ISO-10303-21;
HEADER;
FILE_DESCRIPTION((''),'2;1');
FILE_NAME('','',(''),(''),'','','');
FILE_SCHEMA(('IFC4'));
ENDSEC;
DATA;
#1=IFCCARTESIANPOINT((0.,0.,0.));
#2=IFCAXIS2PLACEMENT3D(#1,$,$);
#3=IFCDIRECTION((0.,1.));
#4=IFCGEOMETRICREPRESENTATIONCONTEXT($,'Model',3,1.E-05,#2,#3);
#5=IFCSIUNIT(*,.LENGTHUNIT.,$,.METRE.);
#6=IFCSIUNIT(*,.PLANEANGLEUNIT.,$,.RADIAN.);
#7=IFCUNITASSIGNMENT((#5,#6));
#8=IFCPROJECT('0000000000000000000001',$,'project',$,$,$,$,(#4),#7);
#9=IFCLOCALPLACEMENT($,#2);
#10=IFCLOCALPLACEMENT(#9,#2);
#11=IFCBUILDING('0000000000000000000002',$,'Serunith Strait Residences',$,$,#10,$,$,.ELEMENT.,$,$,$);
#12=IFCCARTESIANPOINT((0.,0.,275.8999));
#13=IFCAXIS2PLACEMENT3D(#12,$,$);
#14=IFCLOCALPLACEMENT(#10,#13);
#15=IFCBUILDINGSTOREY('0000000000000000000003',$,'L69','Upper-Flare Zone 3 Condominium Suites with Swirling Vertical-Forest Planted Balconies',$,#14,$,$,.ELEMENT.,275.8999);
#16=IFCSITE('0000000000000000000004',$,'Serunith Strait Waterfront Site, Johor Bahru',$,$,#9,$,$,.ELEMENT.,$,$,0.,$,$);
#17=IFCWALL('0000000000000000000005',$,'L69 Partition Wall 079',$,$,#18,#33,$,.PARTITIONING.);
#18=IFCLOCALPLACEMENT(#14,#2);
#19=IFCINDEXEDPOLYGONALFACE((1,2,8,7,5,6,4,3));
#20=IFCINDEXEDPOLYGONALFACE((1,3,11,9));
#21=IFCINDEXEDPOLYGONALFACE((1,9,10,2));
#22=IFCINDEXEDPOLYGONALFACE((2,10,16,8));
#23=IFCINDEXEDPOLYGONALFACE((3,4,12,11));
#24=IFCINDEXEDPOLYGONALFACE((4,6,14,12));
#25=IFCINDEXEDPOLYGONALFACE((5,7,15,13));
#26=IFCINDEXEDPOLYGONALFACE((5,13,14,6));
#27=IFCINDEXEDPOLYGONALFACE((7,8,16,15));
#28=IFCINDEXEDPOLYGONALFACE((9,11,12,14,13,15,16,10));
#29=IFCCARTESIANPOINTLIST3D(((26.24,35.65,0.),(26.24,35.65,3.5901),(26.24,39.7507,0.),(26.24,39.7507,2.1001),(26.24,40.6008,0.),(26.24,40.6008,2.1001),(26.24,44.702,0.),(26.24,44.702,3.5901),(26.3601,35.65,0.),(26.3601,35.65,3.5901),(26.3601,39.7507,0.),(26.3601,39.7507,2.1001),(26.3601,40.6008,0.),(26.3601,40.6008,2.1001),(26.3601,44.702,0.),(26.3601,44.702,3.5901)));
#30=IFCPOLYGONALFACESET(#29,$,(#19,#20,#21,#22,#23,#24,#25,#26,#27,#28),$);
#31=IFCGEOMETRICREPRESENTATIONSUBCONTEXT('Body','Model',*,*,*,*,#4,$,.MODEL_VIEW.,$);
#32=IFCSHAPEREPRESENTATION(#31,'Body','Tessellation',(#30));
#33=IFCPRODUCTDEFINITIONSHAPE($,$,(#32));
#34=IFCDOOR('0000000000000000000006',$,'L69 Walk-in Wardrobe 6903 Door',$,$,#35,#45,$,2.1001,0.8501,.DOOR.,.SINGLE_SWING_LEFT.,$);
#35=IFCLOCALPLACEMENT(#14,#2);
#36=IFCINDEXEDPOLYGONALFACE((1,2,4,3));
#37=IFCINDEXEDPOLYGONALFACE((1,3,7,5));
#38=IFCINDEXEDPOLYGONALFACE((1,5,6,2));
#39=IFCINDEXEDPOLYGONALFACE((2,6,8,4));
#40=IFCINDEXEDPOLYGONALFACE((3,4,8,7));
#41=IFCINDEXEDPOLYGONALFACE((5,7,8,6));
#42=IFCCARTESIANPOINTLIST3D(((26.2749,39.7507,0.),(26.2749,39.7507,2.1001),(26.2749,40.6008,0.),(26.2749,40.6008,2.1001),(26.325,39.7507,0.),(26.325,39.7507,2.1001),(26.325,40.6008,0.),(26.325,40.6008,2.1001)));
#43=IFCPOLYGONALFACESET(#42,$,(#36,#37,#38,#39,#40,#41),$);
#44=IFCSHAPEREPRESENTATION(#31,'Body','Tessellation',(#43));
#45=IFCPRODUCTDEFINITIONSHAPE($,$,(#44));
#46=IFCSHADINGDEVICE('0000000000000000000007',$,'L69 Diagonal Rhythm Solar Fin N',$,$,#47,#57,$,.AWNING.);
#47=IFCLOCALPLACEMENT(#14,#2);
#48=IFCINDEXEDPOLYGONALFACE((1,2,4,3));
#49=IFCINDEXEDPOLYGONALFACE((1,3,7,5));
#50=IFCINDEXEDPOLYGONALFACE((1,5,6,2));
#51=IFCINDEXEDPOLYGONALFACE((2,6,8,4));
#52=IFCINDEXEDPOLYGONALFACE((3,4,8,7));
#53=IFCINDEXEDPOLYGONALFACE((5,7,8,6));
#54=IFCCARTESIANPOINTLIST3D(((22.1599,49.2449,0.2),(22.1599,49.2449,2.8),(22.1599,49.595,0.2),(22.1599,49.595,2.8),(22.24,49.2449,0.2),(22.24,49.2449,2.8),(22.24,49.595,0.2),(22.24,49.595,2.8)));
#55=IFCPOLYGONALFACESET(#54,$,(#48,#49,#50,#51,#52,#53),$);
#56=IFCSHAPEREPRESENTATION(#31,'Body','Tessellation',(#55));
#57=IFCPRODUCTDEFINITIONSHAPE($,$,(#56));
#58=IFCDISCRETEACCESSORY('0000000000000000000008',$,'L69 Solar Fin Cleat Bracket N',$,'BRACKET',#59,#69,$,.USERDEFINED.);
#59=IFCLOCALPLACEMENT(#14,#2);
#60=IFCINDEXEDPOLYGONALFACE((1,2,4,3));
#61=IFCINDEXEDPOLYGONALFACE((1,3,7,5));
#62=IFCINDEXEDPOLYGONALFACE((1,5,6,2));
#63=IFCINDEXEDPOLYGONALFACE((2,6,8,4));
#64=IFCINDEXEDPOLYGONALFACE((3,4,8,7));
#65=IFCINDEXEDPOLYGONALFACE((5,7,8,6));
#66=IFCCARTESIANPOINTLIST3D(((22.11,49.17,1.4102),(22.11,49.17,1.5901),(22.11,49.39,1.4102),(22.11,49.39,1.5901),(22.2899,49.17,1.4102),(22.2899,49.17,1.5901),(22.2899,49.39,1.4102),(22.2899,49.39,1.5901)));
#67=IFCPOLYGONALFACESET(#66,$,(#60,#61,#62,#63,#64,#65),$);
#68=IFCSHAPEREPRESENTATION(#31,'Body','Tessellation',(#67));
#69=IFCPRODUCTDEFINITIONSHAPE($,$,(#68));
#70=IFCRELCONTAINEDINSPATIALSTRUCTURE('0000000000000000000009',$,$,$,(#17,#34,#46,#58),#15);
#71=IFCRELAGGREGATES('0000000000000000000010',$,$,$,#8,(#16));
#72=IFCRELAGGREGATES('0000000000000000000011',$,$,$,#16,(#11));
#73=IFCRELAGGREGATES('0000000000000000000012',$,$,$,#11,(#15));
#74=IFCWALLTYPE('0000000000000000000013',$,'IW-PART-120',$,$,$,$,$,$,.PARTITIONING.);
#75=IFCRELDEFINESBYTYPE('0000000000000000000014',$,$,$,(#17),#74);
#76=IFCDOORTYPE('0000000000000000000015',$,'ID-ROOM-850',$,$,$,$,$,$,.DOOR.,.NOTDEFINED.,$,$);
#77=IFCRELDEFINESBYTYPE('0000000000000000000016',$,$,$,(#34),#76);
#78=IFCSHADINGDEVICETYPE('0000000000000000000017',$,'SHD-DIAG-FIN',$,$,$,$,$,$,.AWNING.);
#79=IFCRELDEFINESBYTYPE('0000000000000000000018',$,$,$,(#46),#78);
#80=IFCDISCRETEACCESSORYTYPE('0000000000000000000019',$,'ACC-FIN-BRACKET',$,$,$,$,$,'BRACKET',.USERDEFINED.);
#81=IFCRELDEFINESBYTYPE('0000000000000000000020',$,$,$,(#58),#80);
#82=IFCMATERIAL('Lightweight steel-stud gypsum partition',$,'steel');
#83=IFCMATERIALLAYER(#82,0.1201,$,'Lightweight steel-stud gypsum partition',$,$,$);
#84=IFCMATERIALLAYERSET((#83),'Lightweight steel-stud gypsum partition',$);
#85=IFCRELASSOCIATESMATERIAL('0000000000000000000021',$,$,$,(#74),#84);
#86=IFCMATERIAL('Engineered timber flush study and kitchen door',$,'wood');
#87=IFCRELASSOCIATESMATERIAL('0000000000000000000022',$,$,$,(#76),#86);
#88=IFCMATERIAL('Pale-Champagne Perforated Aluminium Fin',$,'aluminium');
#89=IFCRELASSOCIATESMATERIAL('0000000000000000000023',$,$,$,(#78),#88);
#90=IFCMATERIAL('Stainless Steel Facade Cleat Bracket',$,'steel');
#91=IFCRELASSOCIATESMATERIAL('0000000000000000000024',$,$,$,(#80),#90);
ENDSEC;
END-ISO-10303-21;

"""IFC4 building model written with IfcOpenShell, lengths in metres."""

from ifc_helpers import new_model, si_unit, direction, frame, frame_2d, origin, origin_2d, place, context, subcontext, project, spatial, rectangle, extrude, source, transform, mapped, material, layer, layer_set, type_object, element, fill, save


model = new_model("IFC4")

# Units and contexts
model_context = context("Model", 3, precision=1e-05, world=origin(), true_north=direction((0.0, 1.0)))
body_context = subcontext(model_context, "Body", "Model", "MODEL_VIEW")
ifc_project = project(units=[si_unit("LENGTHUNIT", "METRE"), si_unit("PLANEANGLEUNIT", "RADIAN")], contexts=[model_context])

# Site, building, storey
site_placement = place(None, origin())
site = spatial("IfcSite", under=ifc_project, at=site_placement, Name="Serunith Strait Waterfront Site, Johor Bahru", CompositionType="ELEMENT", RefElevation=0.0)
building_placement = place(site_placement, origin())
building = spatial("IfcBuilding", under=site, at=building_placement, Name="Serunith Strait Residences", CompositionType="ELEMENT")
storey_placement = place(building_placement, frame((0.0, 0.0, 275.8999)))
storey = spatial("IfcBuildingStorey", under=building, at=storey_placement, Name="L69", Description="Upper-Flare Zone 3 Condominium Suites with Swirling Vertical-Forest Planted Balconies", CompositionType="ELEMENT", Elevation=275.8999)

# Shared definitions
ifc_material_1 = material(Name="Lightweight steel-stud gypsum partition", Category="steel")
ifc_layer_1 = layer(ifc_material_1, 0.1201, Name="Lightweight steel-stud gypsum partition")
ifc_layer_set_1 = layer_set([ifc_layer_1], Name="Lightweight steel-stud gypsum partition")
wall_type = type_object("IfcWallType", Name="IW-PART-120", PredefinedType="PARTITIONING", material=ifc_layer_set_1)
ifc_material_2 = material(Name="Engineered timber flush study and kitchen door", Category="wood")
door_type_1 = type_object("IfcDoorType", Name="ID-ROOM-850", OperationType="NOTDEFINED", PredefinedType="DOOR", material=ifc_material_2)
shared_shape_1 = source(origin(), body_context, "Body", "SweptSolid", [
    extrude(rectangle(XDim=0.8501, YDim=2.1001, at=frame_2d((0.425, 1.05))), frame((0.0, 0.0249, 0.0), z_axis=(0.0, -1.0, 0.0), x_axis=(1.0, 0.0, 0.0)), (0.0, 0.0, 1.0), 0.05),
])

# Wall, opening, door
wall_1_placement = place(storey_placement, frame((26.3, 44.7019, 0.0), z_axis=(0.0, 0.0, 1.0), x_axis=(0.0, -1.0, 0.0)))
wall_1 = element("IfcWall", 1, at=wall_1_placement, inside=storey, type_object=wall_type, Name="L69 Partition Wall 079", PredefinedType="PARTITIONING", context=body_context, shape_type="SweptSolid", body=[
    extrude(rectangle(XDim=9.052, YDim=0.1201, at=frame_2d((4.5259, 0.0))), origin(), (0.0, 0.0, 1.0), 3.5901),
])
opening_1_placement = place(wall_1_placement, frame((4.1011, 0.0, 0.0)))
opening_1 = element("IfcOpeningElement", 2, at=opening_1_placement, cuts=wall_1, PredefinedType="OPENING", context=body_context, shape_type="SweptSolid", body=[
    extrude(rectangle(XDim=0.8501, YDim=2.1001, at=frame_2d((0.425, 1.05))), frame((0.0, 0.0701, 0.0), z_axis=(0.0, -1.0, 0.0), x_axis=(1.0, 0.0, 0.0)), (0.0, 0.0, 1.0), 0.1401),
])
door_1_placement = place(opening_1_placement, origin())
door_1 = element("IfcDoor", 3, at=door_1_placement, inside=storey, type_object=door_type_1, Name="L69 Walk-in Wardrobe 6903 Door", OperationType="SINGLE_SWING_LEFT", OverallHeight=2.1001, OverallWidth=0.8501, PredefinedType="DOOR", context=body_context, shape_type="MappedRepresentation", body=[
    mapped(shared_shape_1, transform((0.0, 0.0, 0.0), scale=1.0)),
])
fill(opening_1, door_1)

# Shading device
ifc_material_3 = material(Name="Pale-Champagne Perforated Aluminium Fin", Category="aluminium")
shading_device_type = type_object("IfcShadingDeviceType", Name="SHD-DIAG-FIN", PredefinedType="AWNING", material=ifc_material_3)
shared_shape_2 = source(origin(), body_context, "Body", "SweptSolid", [
    extrude(rectangle(XDim=0.0801, YDim=0.3501, at=origin_2d()), origin(), (0.0, 0.0, 1.0), 2.6001),
])
shading_device_placement = place(storey_placement, frame((22.2, 49.4199, 0.2), z_axis=(0.0, 0.0, 1.0), x_axis=(1.0, 0.0, 0.0)))
element("IfcShadingDevice", 4, at=shading_device_placement, inside=storey, type_object=shading_device_type, Name="L69 Diagonal Rhythm Solar Fin N", PredefinedType="AWNING", context=body_context, shape_type="MappedRepresentation", body=[
    mapped(shared_shape_2, transform((0.0, 0.0, 0.0), scale=1.0)),
])

# Discrete accessory
ifc_material_4 = material(Name="Stainless Steel Facade Cleat Bracket", Category="steel")
discrete_accessory_type = type_object("IfcDiscreteAccessoryType", Name="ACC-FIN-BRACKET", ElementType="BRACKET", PredefinedType="USERDEFINED", material=ifc_material_4)
shared_shape_3 = source(origin(), body_context, "Body", "SweptSolid", [
    extrude(rectangle(XDim=0.1799, YDim=0.22, at=origin_2d()), origin(), (0.0, 0.0, 1.0), 0.1799),
])
discrete_accessory_placement = place(storey_placement, frame((22.2, 49.28, 1.4102), z_axis=(0.0, 0.0, 1.0), x_axis=(1.0, 0.0, 0.0)))
element("IfcDiscreteAccessory", 5, at=discrete_accessory_placement, inside=storey, type_object=discrete_accessory_type, Name="L69 Solar Fin Cleat Bracket N", ObjectType="BRACKET", PredefinedType="USERDEFINED", context=body_context, shape_type="MappedRepresentation", body=[
    mapped(shared_shape_3, transform((0.0, 0.0, 0.0), scale=1.0)),
])

save(model, "model.ifc")
